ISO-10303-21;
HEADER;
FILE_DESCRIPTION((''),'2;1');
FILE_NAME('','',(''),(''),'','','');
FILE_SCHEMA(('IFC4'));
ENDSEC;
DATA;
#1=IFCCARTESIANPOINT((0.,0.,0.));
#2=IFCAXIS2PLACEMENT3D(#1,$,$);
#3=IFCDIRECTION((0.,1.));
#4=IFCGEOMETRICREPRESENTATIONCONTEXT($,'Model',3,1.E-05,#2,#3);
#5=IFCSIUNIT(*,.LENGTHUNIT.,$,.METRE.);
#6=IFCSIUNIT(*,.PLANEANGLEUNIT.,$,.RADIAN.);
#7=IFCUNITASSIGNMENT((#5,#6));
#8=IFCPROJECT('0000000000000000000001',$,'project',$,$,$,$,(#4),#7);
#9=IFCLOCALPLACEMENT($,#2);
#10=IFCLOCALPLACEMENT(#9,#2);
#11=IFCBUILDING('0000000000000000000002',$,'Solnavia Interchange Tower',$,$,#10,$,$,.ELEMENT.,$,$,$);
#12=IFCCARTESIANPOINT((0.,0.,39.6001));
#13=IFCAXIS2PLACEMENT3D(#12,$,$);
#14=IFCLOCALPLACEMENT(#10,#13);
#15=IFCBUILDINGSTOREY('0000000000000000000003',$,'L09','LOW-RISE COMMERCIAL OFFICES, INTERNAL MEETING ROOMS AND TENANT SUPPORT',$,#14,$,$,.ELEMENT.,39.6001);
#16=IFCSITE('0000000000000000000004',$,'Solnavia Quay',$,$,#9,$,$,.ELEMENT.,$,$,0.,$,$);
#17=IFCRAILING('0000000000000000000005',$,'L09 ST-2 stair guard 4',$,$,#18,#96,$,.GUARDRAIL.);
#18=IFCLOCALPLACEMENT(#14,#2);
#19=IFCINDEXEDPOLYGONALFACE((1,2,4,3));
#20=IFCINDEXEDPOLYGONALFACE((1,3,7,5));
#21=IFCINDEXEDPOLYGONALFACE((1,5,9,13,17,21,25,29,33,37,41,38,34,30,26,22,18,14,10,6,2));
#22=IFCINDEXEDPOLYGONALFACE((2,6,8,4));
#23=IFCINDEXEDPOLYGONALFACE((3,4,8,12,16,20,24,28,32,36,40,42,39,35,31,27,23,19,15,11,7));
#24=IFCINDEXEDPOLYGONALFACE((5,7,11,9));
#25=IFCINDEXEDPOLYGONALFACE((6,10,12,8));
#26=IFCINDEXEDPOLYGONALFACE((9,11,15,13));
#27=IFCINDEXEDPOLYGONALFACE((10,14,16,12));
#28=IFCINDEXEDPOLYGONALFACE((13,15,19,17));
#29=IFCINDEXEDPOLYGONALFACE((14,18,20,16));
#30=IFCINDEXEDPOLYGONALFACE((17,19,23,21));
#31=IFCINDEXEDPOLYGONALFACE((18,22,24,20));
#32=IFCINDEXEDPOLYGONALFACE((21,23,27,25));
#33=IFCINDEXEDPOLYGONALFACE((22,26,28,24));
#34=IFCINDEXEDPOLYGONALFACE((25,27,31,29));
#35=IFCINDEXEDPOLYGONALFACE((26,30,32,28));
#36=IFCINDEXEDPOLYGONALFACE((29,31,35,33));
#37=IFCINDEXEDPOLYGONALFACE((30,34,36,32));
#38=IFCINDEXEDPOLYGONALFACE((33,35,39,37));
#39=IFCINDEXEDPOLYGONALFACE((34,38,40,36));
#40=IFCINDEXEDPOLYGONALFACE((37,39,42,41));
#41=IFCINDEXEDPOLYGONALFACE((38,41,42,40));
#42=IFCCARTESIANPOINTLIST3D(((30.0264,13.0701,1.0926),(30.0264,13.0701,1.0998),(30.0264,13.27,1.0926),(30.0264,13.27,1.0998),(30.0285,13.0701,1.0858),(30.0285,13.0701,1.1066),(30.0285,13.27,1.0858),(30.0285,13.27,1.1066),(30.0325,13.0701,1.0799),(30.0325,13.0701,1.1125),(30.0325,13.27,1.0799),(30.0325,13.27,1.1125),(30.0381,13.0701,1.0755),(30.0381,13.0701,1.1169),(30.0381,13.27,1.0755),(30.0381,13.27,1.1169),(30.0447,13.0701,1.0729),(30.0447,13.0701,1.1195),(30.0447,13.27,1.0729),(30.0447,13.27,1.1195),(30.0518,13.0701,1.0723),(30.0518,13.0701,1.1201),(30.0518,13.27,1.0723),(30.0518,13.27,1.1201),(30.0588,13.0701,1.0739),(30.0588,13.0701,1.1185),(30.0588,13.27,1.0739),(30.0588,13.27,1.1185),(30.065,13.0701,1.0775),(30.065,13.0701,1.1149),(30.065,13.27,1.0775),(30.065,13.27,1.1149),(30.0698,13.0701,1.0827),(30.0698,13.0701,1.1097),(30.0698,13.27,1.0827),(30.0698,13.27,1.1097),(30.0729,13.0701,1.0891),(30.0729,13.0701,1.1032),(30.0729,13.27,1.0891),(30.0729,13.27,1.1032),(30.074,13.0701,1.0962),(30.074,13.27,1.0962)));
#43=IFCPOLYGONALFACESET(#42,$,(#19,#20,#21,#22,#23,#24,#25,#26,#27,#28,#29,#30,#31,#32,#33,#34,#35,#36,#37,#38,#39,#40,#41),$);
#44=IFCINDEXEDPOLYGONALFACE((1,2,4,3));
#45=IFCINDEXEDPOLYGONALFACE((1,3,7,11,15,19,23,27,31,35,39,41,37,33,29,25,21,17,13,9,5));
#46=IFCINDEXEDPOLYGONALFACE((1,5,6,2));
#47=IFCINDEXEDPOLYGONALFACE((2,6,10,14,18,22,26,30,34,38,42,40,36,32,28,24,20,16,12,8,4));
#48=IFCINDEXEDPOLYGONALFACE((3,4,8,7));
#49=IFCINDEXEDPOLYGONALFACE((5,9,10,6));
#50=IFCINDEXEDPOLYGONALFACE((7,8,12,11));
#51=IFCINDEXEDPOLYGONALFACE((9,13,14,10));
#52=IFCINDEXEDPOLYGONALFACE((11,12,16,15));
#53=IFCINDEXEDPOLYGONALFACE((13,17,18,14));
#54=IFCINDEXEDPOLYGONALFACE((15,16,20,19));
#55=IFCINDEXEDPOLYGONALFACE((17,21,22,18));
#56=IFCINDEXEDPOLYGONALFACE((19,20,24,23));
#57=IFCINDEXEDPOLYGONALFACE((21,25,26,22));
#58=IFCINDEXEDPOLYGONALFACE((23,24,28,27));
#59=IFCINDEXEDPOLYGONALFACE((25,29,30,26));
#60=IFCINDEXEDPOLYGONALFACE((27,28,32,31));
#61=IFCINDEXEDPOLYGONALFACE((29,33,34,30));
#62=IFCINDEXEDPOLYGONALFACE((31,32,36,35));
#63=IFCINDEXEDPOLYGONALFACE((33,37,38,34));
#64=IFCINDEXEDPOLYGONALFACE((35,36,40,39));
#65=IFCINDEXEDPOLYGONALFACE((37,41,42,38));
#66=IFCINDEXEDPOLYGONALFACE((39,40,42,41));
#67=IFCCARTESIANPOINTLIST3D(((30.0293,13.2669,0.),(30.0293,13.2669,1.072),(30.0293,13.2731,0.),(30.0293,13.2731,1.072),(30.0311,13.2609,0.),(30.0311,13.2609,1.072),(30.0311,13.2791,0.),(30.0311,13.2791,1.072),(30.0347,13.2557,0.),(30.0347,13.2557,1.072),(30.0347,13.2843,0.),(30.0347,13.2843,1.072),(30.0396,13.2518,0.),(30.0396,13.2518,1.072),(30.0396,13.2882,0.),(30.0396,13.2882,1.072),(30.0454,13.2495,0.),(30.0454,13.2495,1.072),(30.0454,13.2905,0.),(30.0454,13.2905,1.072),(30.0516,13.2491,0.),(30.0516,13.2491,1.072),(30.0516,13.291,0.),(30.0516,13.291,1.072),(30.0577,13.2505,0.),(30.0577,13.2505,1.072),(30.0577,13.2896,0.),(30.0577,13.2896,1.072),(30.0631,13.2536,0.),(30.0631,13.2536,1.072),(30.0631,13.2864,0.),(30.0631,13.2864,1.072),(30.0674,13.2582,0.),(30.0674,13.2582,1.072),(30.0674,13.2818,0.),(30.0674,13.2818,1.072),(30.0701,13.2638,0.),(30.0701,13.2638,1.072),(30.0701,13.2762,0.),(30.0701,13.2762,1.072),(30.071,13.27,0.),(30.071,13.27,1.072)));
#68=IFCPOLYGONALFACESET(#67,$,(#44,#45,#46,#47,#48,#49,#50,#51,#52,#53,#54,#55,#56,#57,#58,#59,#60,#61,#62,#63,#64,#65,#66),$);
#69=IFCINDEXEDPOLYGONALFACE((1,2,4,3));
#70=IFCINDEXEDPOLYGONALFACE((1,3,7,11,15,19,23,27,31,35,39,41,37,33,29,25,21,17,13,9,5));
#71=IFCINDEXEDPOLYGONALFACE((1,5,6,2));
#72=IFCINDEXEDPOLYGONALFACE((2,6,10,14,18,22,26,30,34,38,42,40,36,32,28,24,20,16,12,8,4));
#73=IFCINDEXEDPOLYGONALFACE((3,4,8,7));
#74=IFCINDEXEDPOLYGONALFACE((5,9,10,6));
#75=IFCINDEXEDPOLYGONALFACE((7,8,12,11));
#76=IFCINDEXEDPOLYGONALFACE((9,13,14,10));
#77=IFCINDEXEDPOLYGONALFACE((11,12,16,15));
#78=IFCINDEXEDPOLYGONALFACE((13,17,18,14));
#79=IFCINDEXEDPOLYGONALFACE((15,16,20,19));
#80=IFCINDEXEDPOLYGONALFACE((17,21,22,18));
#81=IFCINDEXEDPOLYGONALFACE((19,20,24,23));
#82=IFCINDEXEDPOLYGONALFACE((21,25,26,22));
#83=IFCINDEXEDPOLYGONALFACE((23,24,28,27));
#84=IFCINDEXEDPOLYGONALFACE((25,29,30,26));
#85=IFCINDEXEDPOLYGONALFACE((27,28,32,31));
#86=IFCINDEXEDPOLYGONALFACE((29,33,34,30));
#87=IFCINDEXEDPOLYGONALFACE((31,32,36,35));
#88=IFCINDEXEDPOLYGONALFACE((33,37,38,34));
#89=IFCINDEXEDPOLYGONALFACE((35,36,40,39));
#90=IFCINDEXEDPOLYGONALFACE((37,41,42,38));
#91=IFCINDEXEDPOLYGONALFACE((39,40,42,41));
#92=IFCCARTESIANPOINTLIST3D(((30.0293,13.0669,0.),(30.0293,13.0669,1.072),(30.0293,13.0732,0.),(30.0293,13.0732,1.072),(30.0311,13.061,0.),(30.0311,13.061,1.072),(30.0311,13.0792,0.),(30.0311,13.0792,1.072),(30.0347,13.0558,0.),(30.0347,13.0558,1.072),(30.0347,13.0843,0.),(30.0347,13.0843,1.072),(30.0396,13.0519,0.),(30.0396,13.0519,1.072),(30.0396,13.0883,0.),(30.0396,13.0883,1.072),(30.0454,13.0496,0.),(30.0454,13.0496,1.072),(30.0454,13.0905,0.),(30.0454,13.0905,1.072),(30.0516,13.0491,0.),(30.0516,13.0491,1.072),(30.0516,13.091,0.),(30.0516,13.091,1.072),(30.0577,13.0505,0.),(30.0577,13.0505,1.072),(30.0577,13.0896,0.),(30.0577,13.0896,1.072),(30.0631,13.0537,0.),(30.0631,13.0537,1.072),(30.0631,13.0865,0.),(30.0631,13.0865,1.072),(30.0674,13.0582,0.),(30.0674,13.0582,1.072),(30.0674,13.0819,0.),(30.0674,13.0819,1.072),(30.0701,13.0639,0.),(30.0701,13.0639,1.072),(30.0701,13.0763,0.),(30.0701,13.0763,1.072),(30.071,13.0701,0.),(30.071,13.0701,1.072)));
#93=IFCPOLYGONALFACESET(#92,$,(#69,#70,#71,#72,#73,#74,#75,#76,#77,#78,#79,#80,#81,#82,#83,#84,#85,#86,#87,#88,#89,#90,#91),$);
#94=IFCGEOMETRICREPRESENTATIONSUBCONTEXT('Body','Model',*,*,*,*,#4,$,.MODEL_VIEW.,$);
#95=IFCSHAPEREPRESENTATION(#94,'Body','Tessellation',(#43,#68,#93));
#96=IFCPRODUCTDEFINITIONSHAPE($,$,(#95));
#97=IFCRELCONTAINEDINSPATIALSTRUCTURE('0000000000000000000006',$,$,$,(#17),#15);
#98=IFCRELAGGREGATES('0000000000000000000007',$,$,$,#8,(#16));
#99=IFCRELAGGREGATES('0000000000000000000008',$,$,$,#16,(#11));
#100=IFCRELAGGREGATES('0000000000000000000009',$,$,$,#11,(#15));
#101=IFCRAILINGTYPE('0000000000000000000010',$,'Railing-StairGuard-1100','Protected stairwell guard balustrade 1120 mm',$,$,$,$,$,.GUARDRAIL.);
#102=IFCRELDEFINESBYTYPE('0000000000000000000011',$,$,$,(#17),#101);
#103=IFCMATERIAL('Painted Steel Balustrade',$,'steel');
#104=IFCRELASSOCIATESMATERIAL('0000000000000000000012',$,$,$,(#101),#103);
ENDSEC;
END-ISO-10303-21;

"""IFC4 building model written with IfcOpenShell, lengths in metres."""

from ifc_helpers import new_model, si_unit, direction, frame, origin, origin_2d, place, context, subcontext, project, spatial, circle, extrude, material, type_object, element, save


model = new_model("IFC4")

# Units and contexts
model_context = context("Model", 3, precision=1e-05, world=origin(), true_north=direction((0.0, 1.0)))
body_context = subcontext(model_context, "Body", "Model", "MODEL_VIEW")
ifc_project = project(units=[si_unit("LENGTHUNIT", "METRE"), si_unit("PLANEANGLEUNIT", "RADIAN")], contexts=[model_context])

# Site, building, storey
site_placement = place(None, origin())
site = spatial("IfcSite", under=ifc_project, at=site_placement, Name="Solnavia Quay", CompositionType="ELEMENT", RefElevation=0.0)
building_placement = place(site_placement, origin())
building = spatial("IfcBuilding", under=site, at=building_placement, Name="Solnavia Interchange Tower", CompositionType="ELEMENT")
storey_placement = place(building_placement, frame((0.0, 0.0, 39.6001)))
storey = spatial("IfcBuildingStorey", under=building, at=storey_placement, Name="L09", Description="LOW-RISE COMMERCIAL OFFICES, INTERNAL MEETING ROOMS AND TENANT SUPPORT", CompositionType="ELEMENT", Elevation=39.6001)

# Railing
ifc_material_1 = material(Name="Painted Steel Balustrade", Category="steel")
railing_type_1 = type_object("IfcRailingType", Name="Railing-StairGuard-1100", Description="Protected stairwell guard balustrade 1120 mm", PredefinedType="GUARDRAIL", material=ifc_material_1)
railing_1_placement = place(storey_placement, frame((30.05, 13.27, 0.0)))
element("IfcRailing", 1, at=railing_1_placement, inside=storey, type_object=railing_type_1, Name="L09 ST-2 stair guard 4", PredefinedType="GUARDRAIL", context=body_context, shape_type="SweptSolid", body=[
    extrude(circle(Radius=0.0239, at=origin_2d()), frame((0.0, 0.0, 1.0962), z_axis=(0.0, -1.0, 0.0), x_axis=(1.0, 0.0, 0.0)), (0.0, 0.0, 1.0), 0.2),
    extrude(circle(Radius=0.021, at=origin_2d()), origin(), (0.0, 0.0, 1.0), 1.072),
    extrude(circle(Radius=0.021, at=origin_2d()), frame((0.0, -0.2, 0.0)), (0.0, 0.0, 1.0), 1.072),
])

save(model, "model.ifc")
